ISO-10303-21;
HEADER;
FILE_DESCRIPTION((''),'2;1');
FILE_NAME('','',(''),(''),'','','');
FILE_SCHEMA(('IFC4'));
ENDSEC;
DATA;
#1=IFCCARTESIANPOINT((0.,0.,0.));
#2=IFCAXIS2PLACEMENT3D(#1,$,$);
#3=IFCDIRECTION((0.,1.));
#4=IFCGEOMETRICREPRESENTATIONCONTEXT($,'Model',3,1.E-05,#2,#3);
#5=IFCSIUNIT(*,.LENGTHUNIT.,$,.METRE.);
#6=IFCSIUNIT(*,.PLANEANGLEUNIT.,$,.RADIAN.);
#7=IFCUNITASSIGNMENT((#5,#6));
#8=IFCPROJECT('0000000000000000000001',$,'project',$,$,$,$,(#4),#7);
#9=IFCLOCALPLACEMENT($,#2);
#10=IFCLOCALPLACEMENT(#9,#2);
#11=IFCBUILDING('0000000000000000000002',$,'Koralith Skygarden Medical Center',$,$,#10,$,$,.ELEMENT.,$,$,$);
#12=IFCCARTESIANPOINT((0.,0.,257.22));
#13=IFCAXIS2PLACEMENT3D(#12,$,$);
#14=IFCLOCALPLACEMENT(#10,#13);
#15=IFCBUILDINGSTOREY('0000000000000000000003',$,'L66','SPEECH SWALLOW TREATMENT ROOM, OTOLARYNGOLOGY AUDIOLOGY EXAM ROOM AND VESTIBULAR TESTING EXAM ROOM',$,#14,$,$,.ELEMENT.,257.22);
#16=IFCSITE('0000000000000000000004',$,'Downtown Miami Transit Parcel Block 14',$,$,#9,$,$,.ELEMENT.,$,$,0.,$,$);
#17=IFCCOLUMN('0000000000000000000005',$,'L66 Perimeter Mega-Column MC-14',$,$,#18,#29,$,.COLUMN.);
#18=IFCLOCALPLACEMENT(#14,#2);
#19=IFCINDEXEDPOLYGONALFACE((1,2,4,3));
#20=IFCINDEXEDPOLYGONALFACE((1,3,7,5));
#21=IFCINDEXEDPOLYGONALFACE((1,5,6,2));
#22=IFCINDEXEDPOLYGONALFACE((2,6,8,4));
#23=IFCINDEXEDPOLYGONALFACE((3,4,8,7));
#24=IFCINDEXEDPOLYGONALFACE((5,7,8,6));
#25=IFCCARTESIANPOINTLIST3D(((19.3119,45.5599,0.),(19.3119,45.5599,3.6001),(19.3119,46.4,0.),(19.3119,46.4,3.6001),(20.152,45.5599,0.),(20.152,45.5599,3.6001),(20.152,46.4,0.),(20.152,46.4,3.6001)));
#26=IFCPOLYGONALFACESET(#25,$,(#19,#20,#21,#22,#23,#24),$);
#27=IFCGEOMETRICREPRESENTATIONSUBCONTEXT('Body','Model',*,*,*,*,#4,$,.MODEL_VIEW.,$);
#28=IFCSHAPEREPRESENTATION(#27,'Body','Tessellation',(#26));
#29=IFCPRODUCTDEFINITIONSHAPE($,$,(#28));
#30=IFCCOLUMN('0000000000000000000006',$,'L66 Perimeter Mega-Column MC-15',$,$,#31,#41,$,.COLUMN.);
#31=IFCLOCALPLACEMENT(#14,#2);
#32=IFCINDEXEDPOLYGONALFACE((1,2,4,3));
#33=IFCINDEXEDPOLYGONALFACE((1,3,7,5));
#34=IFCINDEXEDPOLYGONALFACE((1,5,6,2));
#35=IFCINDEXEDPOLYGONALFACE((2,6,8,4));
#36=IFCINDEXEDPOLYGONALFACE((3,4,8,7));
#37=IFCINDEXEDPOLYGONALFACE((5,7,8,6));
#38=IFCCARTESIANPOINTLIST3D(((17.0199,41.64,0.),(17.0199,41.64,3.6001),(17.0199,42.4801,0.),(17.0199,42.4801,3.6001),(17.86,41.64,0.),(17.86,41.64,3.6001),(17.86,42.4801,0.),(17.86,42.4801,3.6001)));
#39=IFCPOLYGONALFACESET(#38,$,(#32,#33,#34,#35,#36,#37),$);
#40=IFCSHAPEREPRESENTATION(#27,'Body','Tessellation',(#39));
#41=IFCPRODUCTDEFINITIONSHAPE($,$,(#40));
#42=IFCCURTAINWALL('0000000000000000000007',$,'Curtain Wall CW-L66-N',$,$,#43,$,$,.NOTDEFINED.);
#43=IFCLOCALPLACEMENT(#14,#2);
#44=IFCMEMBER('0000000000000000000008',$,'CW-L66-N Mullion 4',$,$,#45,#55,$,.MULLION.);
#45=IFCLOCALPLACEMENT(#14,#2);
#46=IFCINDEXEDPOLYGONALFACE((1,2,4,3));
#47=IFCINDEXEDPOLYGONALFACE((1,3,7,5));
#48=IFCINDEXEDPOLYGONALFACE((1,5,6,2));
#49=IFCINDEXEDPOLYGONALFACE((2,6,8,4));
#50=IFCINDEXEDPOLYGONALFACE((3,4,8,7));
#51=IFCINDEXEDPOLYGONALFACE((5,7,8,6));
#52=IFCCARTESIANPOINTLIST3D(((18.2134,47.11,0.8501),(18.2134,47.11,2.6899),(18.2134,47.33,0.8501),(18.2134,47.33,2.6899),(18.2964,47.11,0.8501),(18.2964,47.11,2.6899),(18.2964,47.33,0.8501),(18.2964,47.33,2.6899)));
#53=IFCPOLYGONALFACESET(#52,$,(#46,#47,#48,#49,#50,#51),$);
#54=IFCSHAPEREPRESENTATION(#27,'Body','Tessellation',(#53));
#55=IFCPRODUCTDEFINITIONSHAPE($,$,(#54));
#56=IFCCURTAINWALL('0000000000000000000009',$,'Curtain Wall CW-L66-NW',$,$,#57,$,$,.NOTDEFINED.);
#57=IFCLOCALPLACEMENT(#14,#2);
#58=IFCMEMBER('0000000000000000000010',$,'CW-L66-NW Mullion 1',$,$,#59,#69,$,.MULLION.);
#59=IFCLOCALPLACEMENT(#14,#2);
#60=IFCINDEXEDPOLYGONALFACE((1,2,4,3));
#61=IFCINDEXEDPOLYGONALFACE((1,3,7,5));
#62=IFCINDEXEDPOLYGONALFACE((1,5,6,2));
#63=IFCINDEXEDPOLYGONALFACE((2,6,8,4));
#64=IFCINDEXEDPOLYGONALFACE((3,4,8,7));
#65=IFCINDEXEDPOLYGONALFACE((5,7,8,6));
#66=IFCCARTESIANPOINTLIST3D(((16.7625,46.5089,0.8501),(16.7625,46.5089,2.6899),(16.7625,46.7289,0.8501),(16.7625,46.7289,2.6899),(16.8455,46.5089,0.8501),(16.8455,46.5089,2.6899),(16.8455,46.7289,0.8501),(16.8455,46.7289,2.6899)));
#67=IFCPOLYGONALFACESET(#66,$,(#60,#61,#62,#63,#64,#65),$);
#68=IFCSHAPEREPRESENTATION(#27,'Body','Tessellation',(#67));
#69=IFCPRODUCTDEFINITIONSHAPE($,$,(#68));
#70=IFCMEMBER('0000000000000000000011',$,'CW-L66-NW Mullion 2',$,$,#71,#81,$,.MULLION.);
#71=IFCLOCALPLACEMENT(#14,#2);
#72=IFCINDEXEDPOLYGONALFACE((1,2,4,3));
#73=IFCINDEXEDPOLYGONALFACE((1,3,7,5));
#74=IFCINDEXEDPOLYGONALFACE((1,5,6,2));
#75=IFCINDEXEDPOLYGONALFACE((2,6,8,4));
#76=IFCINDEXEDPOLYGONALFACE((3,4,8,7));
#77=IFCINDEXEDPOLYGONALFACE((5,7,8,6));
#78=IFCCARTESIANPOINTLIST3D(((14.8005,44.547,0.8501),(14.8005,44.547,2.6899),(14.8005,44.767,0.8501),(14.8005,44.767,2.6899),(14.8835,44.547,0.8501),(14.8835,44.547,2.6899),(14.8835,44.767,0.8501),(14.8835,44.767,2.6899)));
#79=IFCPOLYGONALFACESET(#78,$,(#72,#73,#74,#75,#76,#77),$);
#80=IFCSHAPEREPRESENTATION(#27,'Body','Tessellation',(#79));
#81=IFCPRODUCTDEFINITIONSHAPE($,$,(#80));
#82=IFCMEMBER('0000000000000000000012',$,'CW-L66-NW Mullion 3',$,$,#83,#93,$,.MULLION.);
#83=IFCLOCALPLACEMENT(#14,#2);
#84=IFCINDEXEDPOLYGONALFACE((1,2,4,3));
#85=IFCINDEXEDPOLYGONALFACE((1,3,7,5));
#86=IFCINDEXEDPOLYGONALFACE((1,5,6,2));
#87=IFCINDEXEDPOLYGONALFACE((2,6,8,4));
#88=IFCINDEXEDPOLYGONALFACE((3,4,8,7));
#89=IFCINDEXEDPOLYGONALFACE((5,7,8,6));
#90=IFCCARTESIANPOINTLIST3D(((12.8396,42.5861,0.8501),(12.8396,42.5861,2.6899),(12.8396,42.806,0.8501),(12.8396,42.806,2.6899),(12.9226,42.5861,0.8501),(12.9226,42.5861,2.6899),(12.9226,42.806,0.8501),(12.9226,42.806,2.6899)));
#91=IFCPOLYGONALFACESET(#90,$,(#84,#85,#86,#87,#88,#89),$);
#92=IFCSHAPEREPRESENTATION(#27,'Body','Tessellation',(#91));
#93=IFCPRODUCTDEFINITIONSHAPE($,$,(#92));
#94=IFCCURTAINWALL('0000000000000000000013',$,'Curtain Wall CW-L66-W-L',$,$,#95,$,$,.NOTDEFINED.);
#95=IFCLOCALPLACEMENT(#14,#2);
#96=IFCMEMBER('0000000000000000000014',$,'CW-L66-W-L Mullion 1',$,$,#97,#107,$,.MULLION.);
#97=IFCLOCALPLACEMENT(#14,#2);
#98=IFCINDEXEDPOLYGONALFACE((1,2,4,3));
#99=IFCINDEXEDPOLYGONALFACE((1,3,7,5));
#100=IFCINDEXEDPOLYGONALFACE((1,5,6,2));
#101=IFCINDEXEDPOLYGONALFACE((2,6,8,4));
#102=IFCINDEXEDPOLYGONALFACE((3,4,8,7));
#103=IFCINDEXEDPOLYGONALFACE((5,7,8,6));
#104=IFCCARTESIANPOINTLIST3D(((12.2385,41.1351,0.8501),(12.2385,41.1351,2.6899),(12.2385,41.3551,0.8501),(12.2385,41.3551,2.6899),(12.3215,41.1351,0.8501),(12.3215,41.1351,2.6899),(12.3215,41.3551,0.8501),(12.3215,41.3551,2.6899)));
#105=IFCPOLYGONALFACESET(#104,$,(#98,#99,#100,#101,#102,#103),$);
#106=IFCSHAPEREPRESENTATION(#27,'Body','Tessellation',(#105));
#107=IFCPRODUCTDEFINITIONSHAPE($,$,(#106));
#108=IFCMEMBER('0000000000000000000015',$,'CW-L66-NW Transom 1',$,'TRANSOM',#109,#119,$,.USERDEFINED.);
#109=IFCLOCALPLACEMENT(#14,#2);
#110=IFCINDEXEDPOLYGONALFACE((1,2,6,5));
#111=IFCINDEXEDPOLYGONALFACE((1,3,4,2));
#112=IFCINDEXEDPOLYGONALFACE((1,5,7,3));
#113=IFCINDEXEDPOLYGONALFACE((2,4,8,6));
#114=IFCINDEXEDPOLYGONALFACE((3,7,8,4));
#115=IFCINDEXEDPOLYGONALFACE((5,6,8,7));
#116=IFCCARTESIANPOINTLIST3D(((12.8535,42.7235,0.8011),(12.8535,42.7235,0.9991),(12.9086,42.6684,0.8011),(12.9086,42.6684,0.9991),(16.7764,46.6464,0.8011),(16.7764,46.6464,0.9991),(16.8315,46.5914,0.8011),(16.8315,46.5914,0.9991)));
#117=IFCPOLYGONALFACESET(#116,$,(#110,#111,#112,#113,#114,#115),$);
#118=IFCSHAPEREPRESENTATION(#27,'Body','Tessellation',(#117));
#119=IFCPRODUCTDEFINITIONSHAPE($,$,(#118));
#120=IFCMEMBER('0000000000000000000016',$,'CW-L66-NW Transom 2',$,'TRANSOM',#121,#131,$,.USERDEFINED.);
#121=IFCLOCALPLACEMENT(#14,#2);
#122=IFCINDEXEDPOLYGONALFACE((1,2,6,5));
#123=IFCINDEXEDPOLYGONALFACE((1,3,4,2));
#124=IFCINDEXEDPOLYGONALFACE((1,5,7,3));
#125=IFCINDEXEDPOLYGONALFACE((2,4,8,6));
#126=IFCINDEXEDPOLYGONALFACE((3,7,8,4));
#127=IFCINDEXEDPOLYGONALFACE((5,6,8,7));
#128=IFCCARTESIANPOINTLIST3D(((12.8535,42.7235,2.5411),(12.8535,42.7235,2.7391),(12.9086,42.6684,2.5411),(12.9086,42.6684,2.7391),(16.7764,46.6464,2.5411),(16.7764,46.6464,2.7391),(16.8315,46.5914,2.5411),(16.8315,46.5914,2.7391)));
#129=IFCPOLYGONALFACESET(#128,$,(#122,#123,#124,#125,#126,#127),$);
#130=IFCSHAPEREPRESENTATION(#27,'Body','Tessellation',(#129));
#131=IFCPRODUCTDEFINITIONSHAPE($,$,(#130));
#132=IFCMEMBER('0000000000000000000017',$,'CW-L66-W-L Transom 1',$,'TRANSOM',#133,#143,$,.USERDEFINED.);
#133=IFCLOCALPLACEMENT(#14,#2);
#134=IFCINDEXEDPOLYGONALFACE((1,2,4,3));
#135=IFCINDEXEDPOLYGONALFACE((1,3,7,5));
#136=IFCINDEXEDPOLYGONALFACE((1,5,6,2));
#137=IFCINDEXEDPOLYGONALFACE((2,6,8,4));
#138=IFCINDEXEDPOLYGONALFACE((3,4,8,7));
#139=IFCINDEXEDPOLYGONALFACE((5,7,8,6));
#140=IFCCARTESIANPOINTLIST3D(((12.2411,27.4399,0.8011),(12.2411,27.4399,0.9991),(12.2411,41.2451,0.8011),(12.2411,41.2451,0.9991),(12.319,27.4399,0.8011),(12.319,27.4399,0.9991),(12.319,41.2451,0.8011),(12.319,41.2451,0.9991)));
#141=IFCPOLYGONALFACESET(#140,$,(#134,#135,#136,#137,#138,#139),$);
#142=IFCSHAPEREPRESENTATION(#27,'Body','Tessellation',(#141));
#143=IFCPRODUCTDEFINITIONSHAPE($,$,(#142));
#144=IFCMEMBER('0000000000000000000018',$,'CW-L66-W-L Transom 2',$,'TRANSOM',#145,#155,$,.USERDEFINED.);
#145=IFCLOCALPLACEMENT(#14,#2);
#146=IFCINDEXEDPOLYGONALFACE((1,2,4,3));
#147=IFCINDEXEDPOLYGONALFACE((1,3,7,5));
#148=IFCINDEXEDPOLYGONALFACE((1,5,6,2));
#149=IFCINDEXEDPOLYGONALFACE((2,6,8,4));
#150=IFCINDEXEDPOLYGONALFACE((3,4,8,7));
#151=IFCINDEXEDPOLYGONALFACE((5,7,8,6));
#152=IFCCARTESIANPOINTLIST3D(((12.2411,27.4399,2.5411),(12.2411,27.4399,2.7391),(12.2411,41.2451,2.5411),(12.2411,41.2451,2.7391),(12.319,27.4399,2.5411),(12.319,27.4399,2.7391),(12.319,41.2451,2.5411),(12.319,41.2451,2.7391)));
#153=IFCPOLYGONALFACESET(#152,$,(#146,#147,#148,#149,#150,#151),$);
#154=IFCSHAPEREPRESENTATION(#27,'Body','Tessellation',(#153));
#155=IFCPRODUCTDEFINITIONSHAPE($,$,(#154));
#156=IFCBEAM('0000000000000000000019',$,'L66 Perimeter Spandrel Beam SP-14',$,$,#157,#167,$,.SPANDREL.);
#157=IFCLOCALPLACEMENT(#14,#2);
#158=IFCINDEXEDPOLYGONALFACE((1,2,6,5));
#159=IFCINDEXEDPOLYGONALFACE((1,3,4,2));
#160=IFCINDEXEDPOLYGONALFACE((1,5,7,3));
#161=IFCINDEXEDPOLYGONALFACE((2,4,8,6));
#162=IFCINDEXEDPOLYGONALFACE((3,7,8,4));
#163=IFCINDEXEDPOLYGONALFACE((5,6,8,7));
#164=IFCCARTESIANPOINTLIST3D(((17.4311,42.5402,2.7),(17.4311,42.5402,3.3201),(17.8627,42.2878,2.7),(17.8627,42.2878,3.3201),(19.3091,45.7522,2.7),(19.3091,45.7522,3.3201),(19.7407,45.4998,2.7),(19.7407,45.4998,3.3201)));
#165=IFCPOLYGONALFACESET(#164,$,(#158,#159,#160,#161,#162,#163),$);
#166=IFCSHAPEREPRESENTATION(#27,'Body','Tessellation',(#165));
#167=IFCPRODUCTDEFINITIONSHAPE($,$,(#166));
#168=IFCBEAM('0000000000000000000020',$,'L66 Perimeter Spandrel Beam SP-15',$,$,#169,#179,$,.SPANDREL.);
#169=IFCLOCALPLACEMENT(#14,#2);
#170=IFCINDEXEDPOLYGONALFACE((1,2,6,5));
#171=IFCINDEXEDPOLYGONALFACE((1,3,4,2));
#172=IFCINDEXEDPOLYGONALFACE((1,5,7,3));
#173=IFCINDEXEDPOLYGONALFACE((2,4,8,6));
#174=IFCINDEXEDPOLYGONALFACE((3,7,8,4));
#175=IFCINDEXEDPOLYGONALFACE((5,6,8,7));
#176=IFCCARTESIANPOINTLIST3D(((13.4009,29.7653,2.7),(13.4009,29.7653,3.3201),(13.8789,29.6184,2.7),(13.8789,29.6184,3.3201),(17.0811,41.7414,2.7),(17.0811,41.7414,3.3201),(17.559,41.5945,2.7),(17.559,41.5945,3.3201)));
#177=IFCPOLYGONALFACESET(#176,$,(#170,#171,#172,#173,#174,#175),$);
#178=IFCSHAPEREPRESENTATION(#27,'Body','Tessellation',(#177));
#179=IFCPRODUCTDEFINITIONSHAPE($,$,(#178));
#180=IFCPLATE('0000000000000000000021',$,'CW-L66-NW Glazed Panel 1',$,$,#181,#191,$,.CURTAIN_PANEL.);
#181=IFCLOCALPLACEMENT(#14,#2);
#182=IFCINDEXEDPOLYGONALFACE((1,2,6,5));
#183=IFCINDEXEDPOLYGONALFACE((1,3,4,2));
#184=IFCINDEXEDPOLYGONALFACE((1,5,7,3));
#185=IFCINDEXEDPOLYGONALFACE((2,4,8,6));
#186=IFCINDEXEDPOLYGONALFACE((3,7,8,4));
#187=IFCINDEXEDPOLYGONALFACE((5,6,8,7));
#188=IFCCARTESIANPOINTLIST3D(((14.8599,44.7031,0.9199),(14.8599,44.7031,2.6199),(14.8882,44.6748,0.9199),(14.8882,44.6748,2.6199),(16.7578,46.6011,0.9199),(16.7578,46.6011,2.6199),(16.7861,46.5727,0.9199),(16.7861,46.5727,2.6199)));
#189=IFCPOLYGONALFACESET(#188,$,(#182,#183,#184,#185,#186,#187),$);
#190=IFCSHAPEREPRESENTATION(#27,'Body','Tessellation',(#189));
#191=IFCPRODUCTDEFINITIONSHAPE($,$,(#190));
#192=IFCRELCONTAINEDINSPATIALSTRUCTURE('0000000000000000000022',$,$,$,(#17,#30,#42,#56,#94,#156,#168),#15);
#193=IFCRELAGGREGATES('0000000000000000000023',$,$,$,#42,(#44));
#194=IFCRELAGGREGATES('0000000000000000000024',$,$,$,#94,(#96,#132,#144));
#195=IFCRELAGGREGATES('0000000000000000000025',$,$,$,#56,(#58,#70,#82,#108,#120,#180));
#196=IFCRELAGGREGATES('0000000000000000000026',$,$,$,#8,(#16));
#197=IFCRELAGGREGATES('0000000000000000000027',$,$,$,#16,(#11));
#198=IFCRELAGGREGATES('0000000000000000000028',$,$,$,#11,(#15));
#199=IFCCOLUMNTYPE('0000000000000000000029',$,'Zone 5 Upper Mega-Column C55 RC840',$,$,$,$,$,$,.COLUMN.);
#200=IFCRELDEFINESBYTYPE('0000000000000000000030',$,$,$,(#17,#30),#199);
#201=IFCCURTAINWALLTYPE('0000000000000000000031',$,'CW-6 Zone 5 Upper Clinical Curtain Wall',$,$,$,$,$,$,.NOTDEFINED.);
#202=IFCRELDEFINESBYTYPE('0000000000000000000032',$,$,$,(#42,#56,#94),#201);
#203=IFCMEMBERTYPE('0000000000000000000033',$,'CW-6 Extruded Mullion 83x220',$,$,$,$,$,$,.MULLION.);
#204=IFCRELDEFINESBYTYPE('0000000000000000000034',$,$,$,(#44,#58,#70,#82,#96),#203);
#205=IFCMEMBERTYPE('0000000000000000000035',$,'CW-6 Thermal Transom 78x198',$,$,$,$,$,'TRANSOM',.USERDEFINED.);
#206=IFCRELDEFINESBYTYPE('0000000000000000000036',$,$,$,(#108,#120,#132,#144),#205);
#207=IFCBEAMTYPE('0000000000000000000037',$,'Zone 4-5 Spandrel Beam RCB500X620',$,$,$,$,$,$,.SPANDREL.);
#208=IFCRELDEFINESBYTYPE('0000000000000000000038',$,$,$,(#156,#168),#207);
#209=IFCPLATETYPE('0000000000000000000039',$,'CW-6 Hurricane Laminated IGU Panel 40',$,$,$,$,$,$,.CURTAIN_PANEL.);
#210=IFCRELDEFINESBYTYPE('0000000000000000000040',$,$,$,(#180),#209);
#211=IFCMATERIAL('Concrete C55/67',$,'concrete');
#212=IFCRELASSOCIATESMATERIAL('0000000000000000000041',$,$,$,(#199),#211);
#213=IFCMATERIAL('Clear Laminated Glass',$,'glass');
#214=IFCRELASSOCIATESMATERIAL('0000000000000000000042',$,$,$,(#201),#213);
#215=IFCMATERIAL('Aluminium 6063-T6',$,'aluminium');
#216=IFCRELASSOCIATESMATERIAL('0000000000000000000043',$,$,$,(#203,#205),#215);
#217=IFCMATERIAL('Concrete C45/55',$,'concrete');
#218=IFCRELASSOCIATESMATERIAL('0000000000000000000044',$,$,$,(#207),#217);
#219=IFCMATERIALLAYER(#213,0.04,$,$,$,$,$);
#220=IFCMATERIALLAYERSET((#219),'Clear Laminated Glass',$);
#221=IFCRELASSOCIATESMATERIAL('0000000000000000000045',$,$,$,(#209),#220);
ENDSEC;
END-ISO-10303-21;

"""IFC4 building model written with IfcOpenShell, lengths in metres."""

from ifc_helpers import new_model, si_unit, direction, frame, origin, origin_2d, place, context, subcontext, project, spatial, rectangle, extrude, material, layer, layer_set, material_profile, profile_set, type_object, element, aggregate, save


model = new_model("IFC4")

# Units and contexts
model_context = context("Model", 3, precision=1e-05, world=origin(), true_north=direction((0.0, 1.0)))
body_context = subcontext(model_context, "Body", "Model", "MODEL_VIEW")
ifc_project = project(units=[si_unit("LENGTHUNIT", "METRE"), si_unit("PLANEANGLEUNIT", "RADIAN")], contexts=[model_context])

# Site, building, storey
site_placement = place(None, origin())
site = spatial("IfcSite", under=ifc_project, at=site_placement, Name="Downtown Miami Transit Parcel Block 14", CompositionType="ELEMENT", RefElevation=0.0)
building_placement = place(site_placement, origin())
building = spatial("IfcBuilding", under=site, at=building_placement, Name="Koralith Skygarden Medical Center", CompositionType="ELEMENT")
storey_placement = place(building_placement, frame((0.0, 0.0, 257.22)))
storey = spatial("IfcBuildingStorey", under=building, at=storey_placement, Name="L66", Description="SPEECH SWALLOW TREATMENT ROOM, OTOLARYNGOLOGY AUDIOLOGY EXAM ROOM AND VESTIBULAR TESTING EXAM ROOM", CompositionType="ELEMENT", Elevation=257.22)

# Columns
ifc_material_1 = material(Name="Concrete C55/67", Category="concrete")
ifc_material_profile_1 = material_profile(ifc_material_1, rectangle(XDim=0.8401, YDim=0.8401, at=origin_2d()), Name="RC840X840")
ifc_profile_set_1 = profile_set([ifc_material_profile_1], Name="Concrete C55/67")
column_type = type_object("IfcColumnType", Name="Zone 5 Upper Mega-Column C55 RC840", PredefinedType="COLUMN", material=ifc_profile_set_1)
for number, where, z_axis, x_axis, name in (
    (1, (19.7319, 45.98, 0.0), (0.0, 0.0, 1.0), (1.0, 0.0, 0.0), "L66 Perimeter Mega-Column MC-14"),
    (2, (17.4399, 42.0601, 0.0), (0.0, 0.0, 1.0), (1.0, 0.0, 0.0), "L66 Perimeter Mega-Column MC-15"),
):
    element("IfcColumn", number, at=place(storey_placement, frame(where, z_axis=z_axis, x_axis=x_axis)), inside=storey, type_object=column_type, Name=name, PredefinedType="COLUMN", context=body_context, shape_type="SweptSolid", body=[
        extrude(rectangle(XDim=0.8401, YDim=0.8401, at=origin_2d()), origin(), (0.0, 0.0, 1.0), 3.6001),
    ])

# Curtain wall, member
ifc_material_2 = material(Name="Clear Laminated Glass", Category="glass")
curtain_wall_type = type_object("IfcCurtainWallType", Name="CW-6 Zone 5 Upper Clinical Curtain Wall", PredefinedType="NOTDEFINED", material=ifc_material_2)
curtain_wall_1_placement = place(storey_placement, origin())
curtain_wall_1 = element("IfcCurtainWall", 3, at=curtain_wall_1_placement, inside=storey, type_object=curtain_wall_type, Name="Curtain Wall CW-L66-N", PredefinedType="NOTDEFINED")
ifc_material_3 = material(Name="Aluminium 6063-T6", Category="aluminium")
ifc_material_profile_2 = material_profile(ifc_material_3, rectangle(XDim=0.083, YDim=0.22, at=origin_2d()), Name="MUL83X220")
ifc_profile_set_2 = profile_set([ifc_material_profile_2], Name="Aluminium 6063-T6")
member_type_1 = type_object("IfcMemberType", Name="CW-6 Extruded Mullion 83x220", PredefinedType="MULLION", material=ifc_profile_set_2)
member_1_placement = place(storey_placement, frame((18.2549, 47.22, 0.8501), z_axis=(0.0, 0.0, 1.0), x_axis=(1.0, 0.0, 0.0)))
member_1 = element("IfcMember", 4, at=member_1_placement, type_object=member_type_1, Name="CW-L66-N Mullion 4", PredefinedType="MULLION", context=body_context, shape_type="SweptSolid", body=[
    extrude(rectangle(XDim=0.083, YDim=0.22, at=origin_2d()), origin(), (0.0, 0.0, 1.0), 1.8398),
])
aggregate(curtain_wall_1, [member_1])

# Curtain wall, members
curtain_wall_2_placement = place(storey_placement, origin())
curtain_wall_2 = element("IfcCurtainWall", 5, at=curtain_wall_2_placement, inside=storey, type_object=curtain_wall_type, Name="Curtain Wall CW-L66-NW", PredefinedType="NOTDEFINED")
member_2_placement = place(storey_placement, frame((16.804, 46.6189, 0.8501), z_axis=(0.0, 0.0, 1.0), x_axis=(1.0, 0.0, 0.0)))
member_2 = element("IfcMember", 6, at=member_2_placement, type_object=member_type_1, Name="CW-L66-NW Mullion 1", PredefinedType="MULLION", context=body_context, shape_type="SweptSolid", body=[
    extrude(rectangle(XDim=0.083, YDim=0.22, at=origin_2d()), origin(), (0.0, 0.0, 1.0), 1.8398),
])
member_3_placement = place(storey_placement, frame((14.842, 44.657, 0.8501), z_axis=(0.0, 0.0, 1.0), x_axis=(1.0, 0.0, 0.0)))
member_3 = element("IfcMember", 7, at=member_3_placement, type_object=member_type_1, Name="CW-L66-NW Mullion 2", PredefinedType="MULLION", context=body_context, shape_type="SweptSolid", body=[
    extrude(rectangle(XDim=0.083, YDim=0.22, at=origin_2d()), origin(), (0.0, 0.0, 1.0), 1.8398),
])
member_4_placement = place(storey_placement, frame((12.8811, 42.696, 0.8501), z_axis=(0.0, 0.0, 1.0), x_axis=(1.0, 0.0, 0.0)))
member_4 = element("IfcMember", 8, at=member_4_placement, type_object=member_type_1, Name="CW-L66-NW Mullion 3", PredefinedType="MULLION", context=body_context, shape_type="SweptSolid", body=[
    extrude(rectangle(XDim=0.083, YDim=0.22, at=origin_2d()), origin(), (0.0, 0.0, 1.0), 1.8398),
])

# Curtain wall, member
curtain_wall_3_placement = place(storey_placement, origin())
curtain_wall_3 = element("IfcCurtainWall", 9, at=curtain_wall_3_placement, inside=storey, type_object=curtain_wall_type, Name="Curtain Wall CW-L66-W-L", PredefinedType="NOTDEFINED")
member_5_placement = place(storey_placement, frame((12.28, 41.2451, 0.8501), z_axis=(0.0, 0.0, 1.0), x_axis=(1.0, 0.0, 0.0)))
member_5 = element("IfcMember", 10, at=member_5_placement, type_object=member_type_1, Name="CW-L66-W-L Mullion 1", PredefinedType="MULLION", context=body_context, shape_type="SweptSolid", body=[
    extrude(rectangle(XDim=0.083, YDim=0.22, at=origin_2d()), origin(), (0.0, 0.0, 1.0), 1.8398),
])

# Members
ifc_material_profile_3 = material_profile(ifc_material_3, rectangle(XDim=0.0779, YDim=0.198, at=origin_2d()), Name="TRN78X198")
ifc_profile_set_3 = profile_set([ifc_material_profile_3], Name="Aluminium 6063-T6")
member_type_2 = type_object("IfcMemberType", Name="CW-6 Thermal Transom 78x198", ElementType="TRANSOM", PredefinedType="USERDEFINED", material=ifc_profile_set_3)
member_6_placement = place(storey_placement, frame((16.804, 46.6189, 0.9001), z_axis=(-0.707107, -0.707107, 0.0), x_axis=(0.707107, -0.707107, 0.0)))
member_6 = element("IfcMember", 11, at=member_6_placement, type_object=member_type_2, Name="CW-L66-NW Transom 1", ObjectType="TRANSOM", PredefinedType="USERDEFINED", context=body_context, shape_type="SweptSolid", body=[
    extrude(rectangle(XDim=0.0779, YDim=0.198, at=origin_2d()), origin(), (0.0, 0.0, 1.0), 5.5479),
])
member_7_placement = place(storey_placement, frame((16.804, 46.6189, 2.6401), z_axis=(-0.707107, -0.707107, 0.0), x_axis=(0.707107, -0.707107, 0.0)))
member_7 = element("IfcMember", 12, at=member_7_placement, type_object=member_type_2, Name="CW-L66-NW Transom 2", ObjectType="TRANSOM", PredefinedType="USERDEFINED", context=body_context, shape_type="SweptSolid", body=[
    extrude(rectangle(XDim=0.0779, YDim=0.198, at=origin_2d()), origin(), (0.0, 0.0, 1.0), 5.5479),
])
member_8_placement = place(storey_placement, frame((12.28, 41.2451, 0.9001), z_axis=(0.0, -1.0, 0.0), x_axis=(1.0, 0.0, 0.0)))
member_8 = element("IfcMember", 13, at=member_8_placement, type_object=member_type_2, Name="CW-L66-W-L Transom 1", ObjectType="TRANSOM", PredefinedType="USERDEFINED", context=body_context, shape_type="SweptSolid", body=[
    extrude(rectangle(XDim=0.0779, YDim=0.198, at=origin_2d()), origin(), (0.0, 0.0, 1.0), 13.8052),
])
member_9_placement = place(storey_placement, frame((12.28, 41.2451, 2.6401), z_axis=(0.0, -1.0, 0.0), x_axis=(1.0, 0.0, 0.0)))
member_9 = element("IfcMember", 14, at=member_9_placement, type_object=member_type_2, Name="CW-L66-W-L Transom 2", ObjectType="TRANSOM", PredefinedType="USERDEFINED", context=body_context, shape_type="SweptSolid", body=[
    extrude(rectangle(XDim=0.0779, YDim=0.198, at=origin_2d()), origin(), (0.0, 0.0, 1.0), 13.8052),
])
aggregate(curtain_wall_3, [member_5, member_8, member_9])

# Beams
ifc_material_4 = material(Name="Concrete C45/55", Category="concrete")
ifc_material_profile_4 = material_profile(ifc_material_4, rectangle(XDim=0.5, YDim=0.6201, at=origin_2d()), Name="RCB500X620")
ifc_profile_set_4 = profile_set([ifc_material_profile_4], Name="Concrete C45/55")
beam_type = type_object("IfcBeamType", Name="Zone 4-5 Spandrel Beam RCB500X620", PredefinedType="SPANDREL", material=ifc_profile_set_4)
beam_1_placement = place(storey_placement, frame((19.5249, 45.626, 3.01), z_axis=(-0.504736, -0.863274, 0.0), x_axis=(0.863274, -0.504736, 0.0)))
element("IfcBeam", 15, at=beam_1_placement, inside=storey, type_object=beam_type, Name="L66 Perimeter Spandrel Beam SP-14", PredefinedType="SPANDREL", context=body_context, shape_type="SweptSolid", body=[
    extrude(rectangle(XDim=0.5, YDim=0.6201, at=origin_2d()), origin(), (0.0, 0.0, 1.0), 3.7207),
])
beam_2_placement = place(storey_placement, frame((17.3201, 41.668, 3.01), z_axis=(-0.293738, -0.955886, 0.0), x_axis=(0.955886, -0.293738, 0.0)))
element("IfcBeam", 16, at=beam_2_placement, inside=storey, type_object=beam_type, Name="L66 Perimeter Spandrel Beam SP-15", PredefinedType="SPANDREL", context=body_context, shape_type="SweptSolid", body=[
    extrude(rectangle(XDim=0.5, YDim=0.6201, at=origin_2d()), origin(), (0.0, 0.0, 1.0), 12.5288),
])

# Plate
ifc_layer_1 = layer(ifc_material_2, 0.04)
ifc_layer_set_1 = layer_set([ifc_layer_1], Name="Clear Laminated Glass")
plate_type_1 = type_object("IfcPlateType", Name="CW-6 Hurricane Laminated IGU Panel 40", PredefinedType="CURTAIN_PANEL", material=ifc_layer_set_1)
plate_1_placement = place(storey_placement, frame((15.823, 45.6379, 0.9199), z_axis=(0.0, 0.0, 1.0), x_axis=(-0.707107, -0.707107, 0.0)))
plate_1 = element("IfcPlate", 17, at=plate_1_placement, type_object=plate_type_1, Name="CW-L66-NW Glazed Panel 1", PredefinedType="CURTAIN_PANEL", context=body_context, shape_type="SweptSolid", body=[
    extrude(rectangle(XDim=2.6841, YDim=0.04, at=origin_2d()), origin(), (0.0, 0.0, 1.0), 1.7),
])
aggregate(curtain_wall_2, [member_2, member_3, member_4, member_6, member_7, plate_1])

save(model, "model.ifc")
